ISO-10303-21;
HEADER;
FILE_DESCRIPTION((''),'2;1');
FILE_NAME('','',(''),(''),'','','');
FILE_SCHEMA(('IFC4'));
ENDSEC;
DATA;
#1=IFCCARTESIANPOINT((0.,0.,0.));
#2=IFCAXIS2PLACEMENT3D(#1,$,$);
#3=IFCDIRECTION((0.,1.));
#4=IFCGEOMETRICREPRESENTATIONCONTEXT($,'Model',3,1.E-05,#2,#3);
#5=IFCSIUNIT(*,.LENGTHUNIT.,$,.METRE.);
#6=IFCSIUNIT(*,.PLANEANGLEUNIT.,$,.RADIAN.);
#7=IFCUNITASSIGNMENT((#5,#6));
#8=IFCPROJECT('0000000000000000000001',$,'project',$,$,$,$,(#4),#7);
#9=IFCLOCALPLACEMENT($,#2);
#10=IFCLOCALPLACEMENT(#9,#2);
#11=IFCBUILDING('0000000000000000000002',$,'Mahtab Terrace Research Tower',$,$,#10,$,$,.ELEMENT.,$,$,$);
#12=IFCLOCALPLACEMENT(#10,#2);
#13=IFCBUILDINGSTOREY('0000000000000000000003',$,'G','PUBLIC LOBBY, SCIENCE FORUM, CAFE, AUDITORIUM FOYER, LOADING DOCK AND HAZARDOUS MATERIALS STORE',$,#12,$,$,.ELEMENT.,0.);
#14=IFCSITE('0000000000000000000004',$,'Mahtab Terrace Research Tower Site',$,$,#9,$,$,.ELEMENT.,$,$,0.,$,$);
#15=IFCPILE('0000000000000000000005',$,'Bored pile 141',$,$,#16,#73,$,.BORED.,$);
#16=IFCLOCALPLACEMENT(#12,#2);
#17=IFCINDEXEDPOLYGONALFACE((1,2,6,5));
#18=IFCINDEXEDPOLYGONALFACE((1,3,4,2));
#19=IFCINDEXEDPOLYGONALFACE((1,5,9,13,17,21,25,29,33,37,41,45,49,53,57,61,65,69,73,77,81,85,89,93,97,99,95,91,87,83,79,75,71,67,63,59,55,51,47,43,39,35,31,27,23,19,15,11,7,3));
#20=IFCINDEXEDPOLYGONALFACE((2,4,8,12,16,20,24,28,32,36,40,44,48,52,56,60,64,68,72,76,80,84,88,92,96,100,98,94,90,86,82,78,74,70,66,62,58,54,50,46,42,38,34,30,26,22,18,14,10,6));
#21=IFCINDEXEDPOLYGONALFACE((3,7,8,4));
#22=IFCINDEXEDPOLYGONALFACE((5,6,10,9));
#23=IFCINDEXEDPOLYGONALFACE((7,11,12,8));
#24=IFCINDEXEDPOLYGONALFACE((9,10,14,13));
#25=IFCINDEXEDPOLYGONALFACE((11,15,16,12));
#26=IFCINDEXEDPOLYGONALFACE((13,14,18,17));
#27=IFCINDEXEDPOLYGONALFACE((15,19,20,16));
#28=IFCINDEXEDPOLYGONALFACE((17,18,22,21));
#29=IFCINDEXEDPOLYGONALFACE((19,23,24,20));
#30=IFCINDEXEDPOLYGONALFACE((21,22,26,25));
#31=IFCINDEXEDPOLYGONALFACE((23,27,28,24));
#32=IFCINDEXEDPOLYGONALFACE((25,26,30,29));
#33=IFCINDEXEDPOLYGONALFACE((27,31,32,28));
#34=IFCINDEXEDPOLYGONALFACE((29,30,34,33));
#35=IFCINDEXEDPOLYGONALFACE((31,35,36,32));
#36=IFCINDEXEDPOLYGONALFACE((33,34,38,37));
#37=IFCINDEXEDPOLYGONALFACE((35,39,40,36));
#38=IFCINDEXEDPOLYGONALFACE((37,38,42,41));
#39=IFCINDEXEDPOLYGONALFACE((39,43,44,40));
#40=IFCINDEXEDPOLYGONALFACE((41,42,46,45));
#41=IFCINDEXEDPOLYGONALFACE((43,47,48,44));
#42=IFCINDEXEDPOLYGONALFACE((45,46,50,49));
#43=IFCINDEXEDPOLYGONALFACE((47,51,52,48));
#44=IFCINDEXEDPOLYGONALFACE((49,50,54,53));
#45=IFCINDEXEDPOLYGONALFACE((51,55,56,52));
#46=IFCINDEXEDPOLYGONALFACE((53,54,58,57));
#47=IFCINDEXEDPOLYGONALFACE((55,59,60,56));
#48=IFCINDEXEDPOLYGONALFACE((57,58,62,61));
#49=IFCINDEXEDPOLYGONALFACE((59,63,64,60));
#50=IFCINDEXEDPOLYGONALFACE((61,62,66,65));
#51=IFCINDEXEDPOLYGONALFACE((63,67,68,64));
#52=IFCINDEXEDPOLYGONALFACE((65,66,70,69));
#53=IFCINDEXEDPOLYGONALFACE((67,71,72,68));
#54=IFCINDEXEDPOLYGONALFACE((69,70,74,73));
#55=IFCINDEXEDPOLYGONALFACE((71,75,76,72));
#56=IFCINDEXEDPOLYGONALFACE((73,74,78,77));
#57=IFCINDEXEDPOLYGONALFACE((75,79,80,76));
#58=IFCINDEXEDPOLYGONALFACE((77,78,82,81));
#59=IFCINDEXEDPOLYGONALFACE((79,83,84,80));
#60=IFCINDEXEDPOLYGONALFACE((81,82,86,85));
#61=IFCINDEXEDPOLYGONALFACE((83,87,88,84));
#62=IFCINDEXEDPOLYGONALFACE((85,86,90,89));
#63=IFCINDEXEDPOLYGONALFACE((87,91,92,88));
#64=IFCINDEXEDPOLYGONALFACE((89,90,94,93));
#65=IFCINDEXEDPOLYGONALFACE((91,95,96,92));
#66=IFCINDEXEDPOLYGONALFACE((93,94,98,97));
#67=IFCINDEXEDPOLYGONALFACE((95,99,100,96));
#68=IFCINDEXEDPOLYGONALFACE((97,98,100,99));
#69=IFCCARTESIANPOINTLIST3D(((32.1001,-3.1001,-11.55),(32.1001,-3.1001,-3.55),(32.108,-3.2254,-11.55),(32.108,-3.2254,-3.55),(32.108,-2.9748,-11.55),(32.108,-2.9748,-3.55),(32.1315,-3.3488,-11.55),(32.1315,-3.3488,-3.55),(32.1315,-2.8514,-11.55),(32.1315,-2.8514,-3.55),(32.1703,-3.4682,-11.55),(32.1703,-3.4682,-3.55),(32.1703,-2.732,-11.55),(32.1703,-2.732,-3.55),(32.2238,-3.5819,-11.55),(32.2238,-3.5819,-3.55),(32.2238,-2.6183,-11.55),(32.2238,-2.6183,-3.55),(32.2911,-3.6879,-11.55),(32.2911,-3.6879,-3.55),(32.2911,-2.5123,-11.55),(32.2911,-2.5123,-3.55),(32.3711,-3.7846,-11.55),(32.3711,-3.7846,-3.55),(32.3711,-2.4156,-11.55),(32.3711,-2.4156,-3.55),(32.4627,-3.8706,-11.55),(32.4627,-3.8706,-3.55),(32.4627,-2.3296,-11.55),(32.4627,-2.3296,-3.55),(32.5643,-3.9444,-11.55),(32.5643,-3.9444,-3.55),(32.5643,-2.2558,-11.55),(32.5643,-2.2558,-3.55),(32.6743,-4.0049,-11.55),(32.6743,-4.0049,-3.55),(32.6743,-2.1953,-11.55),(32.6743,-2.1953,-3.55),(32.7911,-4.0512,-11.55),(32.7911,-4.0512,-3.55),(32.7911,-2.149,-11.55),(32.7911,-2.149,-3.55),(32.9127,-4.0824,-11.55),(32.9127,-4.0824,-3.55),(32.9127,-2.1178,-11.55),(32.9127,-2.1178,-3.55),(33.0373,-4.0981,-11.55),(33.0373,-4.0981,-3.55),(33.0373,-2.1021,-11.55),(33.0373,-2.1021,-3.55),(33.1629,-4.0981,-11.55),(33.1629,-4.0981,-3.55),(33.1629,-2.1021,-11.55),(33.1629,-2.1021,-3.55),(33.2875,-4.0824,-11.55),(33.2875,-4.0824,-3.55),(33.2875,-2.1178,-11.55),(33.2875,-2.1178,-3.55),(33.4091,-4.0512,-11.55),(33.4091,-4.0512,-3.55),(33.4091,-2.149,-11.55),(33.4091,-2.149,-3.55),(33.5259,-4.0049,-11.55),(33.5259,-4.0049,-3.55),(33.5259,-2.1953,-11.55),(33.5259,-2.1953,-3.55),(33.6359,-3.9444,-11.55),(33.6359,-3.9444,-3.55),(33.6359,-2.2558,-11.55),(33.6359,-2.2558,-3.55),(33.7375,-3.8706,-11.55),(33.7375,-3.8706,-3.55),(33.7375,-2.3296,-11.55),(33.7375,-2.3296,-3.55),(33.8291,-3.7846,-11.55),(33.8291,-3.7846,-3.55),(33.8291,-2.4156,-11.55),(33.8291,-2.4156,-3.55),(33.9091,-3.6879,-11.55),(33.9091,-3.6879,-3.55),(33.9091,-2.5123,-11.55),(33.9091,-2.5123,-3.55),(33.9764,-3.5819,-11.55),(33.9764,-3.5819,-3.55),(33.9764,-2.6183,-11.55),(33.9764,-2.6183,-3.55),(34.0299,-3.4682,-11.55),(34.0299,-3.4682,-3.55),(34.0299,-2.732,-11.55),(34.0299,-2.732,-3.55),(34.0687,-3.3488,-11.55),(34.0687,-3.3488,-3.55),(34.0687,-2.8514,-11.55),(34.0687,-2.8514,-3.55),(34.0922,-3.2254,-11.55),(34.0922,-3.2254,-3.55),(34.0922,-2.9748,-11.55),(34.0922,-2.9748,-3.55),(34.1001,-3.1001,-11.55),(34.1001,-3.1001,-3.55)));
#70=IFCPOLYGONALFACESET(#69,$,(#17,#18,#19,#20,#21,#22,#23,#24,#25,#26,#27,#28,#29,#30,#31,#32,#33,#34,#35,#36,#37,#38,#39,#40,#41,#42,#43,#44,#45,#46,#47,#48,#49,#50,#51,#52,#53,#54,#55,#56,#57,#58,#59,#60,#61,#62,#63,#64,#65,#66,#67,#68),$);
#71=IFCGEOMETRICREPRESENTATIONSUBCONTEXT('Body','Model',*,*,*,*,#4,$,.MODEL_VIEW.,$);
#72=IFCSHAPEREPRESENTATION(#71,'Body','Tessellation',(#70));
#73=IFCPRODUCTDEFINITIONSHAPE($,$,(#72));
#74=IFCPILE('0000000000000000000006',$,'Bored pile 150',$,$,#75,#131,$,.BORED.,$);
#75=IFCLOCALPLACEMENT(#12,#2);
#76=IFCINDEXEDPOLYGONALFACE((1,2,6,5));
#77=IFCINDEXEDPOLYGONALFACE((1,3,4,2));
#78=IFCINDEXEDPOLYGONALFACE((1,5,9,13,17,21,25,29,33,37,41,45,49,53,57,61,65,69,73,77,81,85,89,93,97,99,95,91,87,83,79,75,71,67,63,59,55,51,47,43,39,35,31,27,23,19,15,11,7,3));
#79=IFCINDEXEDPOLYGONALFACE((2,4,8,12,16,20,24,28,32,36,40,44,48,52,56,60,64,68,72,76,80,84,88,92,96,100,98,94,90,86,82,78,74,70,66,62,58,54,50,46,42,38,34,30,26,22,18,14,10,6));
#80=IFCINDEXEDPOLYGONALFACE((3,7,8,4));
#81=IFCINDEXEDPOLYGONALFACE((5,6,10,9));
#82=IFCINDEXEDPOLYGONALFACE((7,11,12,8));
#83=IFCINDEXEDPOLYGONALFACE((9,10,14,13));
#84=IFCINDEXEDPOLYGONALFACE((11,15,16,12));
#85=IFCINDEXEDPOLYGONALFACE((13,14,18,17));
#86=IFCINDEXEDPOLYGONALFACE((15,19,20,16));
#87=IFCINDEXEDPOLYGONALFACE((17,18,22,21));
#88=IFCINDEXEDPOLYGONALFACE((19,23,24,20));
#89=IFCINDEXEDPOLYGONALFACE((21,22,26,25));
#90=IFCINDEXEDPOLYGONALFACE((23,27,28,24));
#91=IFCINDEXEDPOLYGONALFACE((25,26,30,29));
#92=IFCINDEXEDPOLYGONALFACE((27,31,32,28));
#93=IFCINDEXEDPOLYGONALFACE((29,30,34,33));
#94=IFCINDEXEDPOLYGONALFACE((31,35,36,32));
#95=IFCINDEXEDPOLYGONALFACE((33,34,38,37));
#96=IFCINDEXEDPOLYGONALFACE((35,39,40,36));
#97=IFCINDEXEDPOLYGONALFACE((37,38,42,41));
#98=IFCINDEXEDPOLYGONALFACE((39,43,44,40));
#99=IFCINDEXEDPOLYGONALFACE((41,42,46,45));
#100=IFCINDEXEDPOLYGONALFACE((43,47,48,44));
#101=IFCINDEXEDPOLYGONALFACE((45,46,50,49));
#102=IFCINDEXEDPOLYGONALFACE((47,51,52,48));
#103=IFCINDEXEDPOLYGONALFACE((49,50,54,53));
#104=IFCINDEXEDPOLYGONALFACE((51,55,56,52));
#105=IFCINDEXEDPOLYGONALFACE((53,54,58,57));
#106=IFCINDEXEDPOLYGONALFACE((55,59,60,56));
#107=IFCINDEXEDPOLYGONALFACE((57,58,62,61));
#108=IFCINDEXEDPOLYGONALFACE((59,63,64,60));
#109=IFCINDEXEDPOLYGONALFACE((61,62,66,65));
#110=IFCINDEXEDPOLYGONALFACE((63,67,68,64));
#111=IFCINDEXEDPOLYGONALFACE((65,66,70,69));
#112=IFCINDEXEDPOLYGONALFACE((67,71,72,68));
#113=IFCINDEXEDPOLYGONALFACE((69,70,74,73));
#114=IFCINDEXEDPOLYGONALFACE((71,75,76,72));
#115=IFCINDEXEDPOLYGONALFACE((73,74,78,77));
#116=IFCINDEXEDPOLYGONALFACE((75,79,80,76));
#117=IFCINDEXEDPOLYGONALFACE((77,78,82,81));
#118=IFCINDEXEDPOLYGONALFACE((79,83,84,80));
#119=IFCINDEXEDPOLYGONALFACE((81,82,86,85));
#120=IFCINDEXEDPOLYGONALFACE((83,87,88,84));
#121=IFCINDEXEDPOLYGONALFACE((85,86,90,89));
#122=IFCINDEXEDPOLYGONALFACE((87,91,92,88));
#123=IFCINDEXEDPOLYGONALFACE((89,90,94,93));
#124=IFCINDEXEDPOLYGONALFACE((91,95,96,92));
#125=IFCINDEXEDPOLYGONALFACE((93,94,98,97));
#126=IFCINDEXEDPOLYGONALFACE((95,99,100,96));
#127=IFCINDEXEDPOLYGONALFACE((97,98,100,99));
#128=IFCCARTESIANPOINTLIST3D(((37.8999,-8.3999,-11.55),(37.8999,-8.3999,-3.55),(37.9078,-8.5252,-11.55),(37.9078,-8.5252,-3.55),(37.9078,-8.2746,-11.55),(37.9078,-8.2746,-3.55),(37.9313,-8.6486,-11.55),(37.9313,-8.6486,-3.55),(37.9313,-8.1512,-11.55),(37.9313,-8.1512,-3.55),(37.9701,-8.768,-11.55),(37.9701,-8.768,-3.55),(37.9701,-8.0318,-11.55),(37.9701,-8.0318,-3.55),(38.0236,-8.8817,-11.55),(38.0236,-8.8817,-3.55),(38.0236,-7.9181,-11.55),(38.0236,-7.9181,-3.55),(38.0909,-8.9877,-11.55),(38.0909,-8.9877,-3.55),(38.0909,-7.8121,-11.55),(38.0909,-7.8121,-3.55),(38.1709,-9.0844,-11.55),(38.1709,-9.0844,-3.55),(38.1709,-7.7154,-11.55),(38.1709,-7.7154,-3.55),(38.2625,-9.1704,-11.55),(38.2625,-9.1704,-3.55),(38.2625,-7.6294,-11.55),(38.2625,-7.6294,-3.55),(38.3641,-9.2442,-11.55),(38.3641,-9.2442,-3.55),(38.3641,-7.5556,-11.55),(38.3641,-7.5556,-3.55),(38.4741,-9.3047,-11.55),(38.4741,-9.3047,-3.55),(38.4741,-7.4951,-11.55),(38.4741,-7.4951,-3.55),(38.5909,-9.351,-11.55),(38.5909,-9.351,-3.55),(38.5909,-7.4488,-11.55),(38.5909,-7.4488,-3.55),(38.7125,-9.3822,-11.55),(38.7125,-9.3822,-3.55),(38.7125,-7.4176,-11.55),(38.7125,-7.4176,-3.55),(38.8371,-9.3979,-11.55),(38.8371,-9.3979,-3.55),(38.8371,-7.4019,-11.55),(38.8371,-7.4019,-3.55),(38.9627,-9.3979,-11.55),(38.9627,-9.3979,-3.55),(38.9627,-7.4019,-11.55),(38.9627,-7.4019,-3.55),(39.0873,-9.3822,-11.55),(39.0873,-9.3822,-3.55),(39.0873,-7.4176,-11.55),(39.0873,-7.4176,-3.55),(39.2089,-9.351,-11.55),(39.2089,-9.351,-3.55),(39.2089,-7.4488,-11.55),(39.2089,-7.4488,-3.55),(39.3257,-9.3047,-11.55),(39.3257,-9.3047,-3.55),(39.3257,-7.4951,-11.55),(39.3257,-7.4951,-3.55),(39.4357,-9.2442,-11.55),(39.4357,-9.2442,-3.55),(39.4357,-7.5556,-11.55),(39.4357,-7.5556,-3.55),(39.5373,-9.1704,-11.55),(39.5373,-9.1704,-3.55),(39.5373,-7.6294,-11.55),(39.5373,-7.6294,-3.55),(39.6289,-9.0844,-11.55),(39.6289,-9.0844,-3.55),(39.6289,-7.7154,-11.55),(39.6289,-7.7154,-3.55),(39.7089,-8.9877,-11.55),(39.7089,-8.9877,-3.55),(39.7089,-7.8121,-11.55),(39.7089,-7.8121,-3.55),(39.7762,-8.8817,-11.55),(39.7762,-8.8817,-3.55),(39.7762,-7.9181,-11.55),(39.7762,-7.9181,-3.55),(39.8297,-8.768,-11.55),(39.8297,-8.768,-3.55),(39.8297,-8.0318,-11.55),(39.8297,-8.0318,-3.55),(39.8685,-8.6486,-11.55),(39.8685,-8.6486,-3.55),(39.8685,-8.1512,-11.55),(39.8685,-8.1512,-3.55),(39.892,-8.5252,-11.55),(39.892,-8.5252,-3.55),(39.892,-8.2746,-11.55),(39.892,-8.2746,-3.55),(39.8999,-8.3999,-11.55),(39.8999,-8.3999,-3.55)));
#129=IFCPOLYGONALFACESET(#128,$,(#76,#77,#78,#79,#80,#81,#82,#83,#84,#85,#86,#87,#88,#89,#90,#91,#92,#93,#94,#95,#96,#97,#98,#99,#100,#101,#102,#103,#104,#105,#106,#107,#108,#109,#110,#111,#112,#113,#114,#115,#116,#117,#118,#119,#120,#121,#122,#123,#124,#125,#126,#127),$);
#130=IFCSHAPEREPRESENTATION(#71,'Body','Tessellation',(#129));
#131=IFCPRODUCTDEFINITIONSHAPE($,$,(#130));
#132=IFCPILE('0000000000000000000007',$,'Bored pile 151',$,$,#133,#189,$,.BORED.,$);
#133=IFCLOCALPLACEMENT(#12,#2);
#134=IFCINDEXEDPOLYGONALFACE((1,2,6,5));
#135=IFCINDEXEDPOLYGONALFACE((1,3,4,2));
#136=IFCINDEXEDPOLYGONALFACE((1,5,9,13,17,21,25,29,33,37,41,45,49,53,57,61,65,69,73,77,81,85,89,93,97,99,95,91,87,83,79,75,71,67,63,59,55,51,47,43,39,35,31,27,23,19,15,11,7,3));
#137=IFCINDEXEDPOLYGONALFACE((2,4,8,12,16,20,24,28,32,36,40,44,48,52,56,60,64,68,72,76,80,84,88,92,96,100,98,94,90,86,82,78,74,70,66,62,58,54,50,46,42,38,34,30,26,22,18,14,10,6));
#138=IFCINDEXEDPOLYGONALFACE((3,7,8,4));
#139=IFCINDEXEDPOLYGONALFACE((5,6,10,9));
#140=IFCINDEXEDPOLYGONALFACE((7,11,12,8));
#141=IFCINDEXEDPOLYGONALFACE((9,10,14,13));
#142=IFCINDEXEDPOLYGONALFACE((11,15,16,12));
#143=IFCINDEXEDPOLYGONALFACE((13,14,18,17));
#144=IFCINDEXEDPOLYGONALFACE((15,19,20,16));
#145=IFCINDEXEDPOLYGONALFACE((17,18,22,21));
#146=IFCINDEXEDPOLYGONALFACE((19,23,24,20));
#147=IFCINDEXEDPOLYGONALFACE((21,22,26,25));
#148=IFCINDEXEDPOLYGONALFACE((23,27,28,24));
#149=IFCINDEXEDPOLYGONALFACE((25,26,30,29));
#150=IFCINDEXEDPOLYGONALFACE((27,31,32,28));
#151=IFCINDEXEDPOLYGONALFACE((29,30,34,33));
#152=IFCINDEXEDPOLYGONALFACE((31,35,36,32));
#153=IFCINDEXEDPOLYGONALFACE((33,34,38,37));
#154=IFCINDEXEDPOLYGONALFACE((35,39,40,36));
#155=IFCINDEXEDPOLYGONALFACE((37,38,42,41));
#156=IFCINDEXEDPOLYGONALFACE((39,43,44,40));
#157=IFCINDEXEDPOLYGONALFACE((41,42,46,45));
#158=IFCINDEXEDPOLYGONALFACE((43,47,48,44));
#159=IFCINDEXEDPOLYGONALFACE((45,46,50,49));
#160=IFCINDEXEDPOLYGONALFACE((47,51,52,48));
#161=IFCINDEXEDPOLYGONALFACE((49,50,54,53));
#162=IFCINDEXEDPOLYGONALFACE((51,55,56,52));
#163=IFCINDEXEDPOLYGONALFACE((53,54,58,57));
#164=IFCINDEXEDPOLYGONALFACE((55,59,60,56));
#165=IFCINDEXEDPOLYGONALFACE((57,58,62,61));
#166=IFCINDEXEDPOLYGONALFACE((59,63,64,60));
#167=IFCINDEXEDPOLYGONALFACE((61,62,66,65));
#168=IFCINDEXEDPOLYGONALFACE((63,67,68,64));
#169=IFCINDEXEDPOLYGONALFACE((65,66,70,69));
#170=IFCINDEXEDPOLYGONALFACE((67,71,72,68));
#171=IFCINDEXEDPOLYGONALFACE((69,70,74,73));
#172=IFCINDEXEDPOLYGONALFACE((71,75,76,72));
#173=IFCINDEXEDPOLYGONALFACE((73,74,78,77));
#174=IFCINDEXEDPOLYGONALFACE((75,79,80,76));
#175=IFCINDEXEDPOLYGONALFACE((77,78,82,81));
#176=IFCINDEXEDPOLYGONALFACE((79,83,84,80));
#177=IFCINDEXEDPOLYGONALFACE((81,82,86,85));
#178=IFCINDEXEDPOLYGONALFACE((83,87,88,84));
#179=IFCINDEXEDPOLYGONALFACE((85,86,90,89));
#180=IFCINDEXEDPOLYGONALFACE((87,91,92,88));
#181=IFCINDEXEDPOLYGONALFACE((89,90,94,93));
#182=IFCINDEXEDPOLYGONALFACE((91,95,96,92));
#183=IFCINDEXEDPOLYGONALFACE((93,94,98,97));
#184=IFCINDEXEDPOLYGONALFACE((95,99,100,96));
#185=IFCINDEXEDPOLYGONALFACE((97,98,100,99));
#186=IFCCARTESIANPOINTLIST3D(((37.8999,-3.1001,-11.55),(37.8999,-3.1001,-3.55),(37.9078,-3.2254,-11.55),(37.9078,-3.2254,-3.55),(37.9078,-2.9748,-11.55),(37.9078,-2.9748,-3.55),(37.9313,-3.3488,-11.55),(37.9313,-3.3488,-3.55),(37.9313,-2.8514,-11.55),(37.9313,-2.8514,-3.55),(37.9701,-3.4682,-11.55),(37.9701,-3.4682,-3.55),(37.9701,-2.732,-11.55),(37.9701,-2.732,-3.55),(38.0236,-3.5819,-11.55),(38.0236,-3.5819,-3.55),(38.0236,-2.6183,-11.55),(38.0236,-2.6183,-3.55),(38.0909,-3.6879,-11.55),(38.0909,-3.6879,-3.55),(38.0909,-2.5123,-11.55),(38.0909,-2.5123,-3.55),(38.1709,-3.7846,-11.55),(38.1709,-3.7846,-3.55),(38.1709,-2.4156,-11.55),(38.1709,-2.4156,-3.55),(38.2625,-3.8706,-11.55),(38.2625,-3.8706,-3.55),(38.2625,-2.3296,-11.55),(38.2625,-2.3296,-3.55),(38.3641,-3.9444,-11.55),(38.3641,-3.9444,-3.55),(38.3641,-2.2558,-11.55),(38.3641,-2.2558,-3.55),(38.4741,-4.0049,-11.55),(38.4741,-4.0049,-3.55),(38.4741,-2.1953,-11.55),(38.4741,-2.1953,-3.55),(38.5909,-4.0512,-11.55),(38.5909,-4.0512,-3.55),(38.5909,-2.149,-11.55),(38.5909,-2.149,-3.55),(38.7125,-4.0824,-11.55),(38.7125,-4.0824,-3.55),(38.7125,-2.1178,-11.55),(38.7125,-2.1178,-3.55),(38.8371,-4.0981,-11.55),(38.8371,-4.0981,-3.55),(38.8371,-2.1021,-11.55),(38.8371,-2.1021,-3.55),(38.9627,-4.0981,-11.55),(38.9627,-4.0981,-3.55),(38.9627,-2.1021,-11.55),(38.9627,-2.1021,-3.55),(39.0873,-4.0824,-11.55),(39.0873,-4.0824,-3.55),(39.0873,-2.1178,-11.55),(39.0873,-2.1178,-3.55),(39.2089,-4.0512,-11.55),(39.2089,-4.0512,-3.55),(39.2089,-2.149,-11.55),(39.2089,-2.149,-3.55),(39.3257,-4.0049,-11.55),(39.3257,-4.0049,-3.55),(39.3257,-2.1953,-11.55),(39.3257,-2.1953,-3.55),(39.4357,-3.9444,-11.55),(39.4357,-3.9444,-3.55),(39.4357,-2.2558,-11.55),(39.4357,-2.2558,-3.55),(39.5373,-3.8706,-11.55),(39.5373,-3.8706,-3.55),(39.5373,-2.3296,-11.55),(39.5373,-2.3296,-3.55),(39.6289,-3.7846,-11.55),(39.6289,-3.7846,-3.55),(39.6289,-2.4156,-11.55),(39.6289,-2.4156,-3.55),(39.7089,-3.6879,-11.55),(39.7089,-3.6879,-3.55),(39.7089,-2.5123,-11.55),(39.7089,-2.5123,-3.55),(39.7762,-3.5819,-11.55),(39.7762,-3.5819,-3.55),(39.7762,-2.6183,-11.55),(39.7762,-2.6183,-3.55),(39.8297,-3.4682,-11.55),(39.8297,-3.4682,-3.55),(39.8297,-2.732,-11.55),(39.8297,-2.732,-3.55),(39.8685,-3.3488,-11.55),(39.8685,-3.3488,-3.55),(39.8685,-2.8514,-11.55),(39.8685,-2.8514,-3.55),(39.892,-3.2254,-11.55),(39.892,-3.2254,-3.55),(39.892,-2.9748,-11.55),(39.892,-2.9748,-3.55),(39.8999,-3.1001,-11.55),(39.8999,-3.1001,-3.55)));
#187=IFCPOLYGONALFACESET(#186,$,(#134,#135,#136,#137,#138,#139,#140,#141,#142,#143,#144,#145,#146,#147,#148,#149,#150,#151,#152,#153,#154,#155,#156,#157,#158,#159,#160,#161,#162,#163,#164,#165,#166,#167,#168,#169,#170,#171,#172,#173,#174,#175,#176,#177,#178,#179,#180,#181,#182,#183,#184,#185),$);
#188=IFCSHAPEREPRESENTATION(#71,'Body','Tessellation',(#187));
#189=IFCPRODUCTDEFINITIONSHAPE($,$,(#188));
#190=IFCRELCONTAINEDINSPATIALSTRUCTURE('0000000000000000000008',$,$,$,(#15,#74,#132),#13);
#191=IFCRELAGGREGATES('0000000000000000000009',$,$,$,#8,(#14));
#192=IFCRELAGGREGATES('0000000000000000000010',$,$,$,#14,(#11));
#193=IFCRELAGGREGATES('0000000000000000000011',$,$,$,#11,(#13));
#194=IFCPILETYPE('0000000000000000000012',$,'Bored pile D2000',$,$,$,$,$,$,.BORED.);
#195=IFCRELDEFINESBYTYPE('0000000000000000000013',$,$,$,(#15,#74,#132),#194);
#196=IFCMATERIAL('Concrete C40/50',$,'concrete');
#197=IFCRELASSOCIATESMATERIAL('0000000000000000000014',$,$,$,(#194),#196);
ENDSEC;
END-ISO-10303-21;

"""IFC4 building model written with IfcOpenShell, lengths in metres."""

from ifc_helpers import new_model, si_unit, direction, frame, origin, origin_2d, place, context, subcontext, project, spatial, circle, extrude, material, material_profile, profile_set, type_object, element, save


model = new_model("IFC4")

# Units and contexts
model_context = context("Model", 3, precision=1e-05, world=origin(), true_north=direction((0.0, 1.0)))
body_context = subcontext(model_context, "Body", "Model", "MODEL_VIEW")
ifc_project = project(units=[si_unit("LENGTHUNIT", "METRE"), si_unit("PLANEANGLEUNIT", "RADIAN")], contexts=[model_context])

# Site, building, storey
site_placement = place(None, origin())
site = spatial("IfcSite", under=ifc_project, at=site_placement, Name="Mahtab Terrace Research Tower Site", CompositionType="ELEMENT", RefElevation=0.0)
building_placement = place(site_placement, origin())
building = spatial("IfcBuilding", under=site, at=building_placement, Name="Mahtab Terrace Research Tower", CompositionType="ELEMENT")
storey_placement = place(building_placement, origin())
storey = spatial("IfcBuildingStorey", under=building, at=storey_placement, Name="G", Description="PUBLIC LOBBY, SCIENCE FORUM, CAFE, AUDITORIUM FOYER, LOADING DOCK AND HAZARDOUS MATERIALS STORE", CompositionType="ELEMENT", Elevation=0.0)

# Piles
ifc_material_1 = material(Name="Concrete C40/50", Category="concrete")
ifc_material_profile_1 = material_profile(ifc_material_1, circle(Radius=1.0, at=origin_2d()), Name="Bored pile D2000")
ifc_profile_set_1 = profile_set([ifc_material_profile_1], Name="Concrete C40/50")
pile_type_1 = type_object("IfcPileType", Name="Bored pile D2000", PredefinedType="BORED", material=ifc_profile_set_1)
for number, where, z_axis, x_axis, name in (
    (1, (33.1001, -3.1001, -3.55), (0.0, 0.0, -1.0), (1.0, 0.0, 0.0), "Bored pile 141"),
    (2, (38.8999, -8.3999, -3.55), (0.0, 0.0, -1.0), (1.0, 0.0, 0.0), "Bored pile 150"),
    (3, (38.8999, -3.1001, -3.55), (0.0, 0.0, -1.0), (1.0, 0.0, 0.0), "Bored pile 151"),
):
    element("IfcPile", number, at=place(storey_placement, frame(where, z_axis=z_axis, x_axis=x_axis)), inside=storey, type_object=pile_type_1, Name=name, PredefinedType="BORED", context=body_context, shape_type="SweptSolid", body=[
        extrude(circle(Radius=1.0, at=origin_2d()), origin(), (0.0, 0.0, 1.0), 8.0),
    ])

save(model, "model.ifc")
